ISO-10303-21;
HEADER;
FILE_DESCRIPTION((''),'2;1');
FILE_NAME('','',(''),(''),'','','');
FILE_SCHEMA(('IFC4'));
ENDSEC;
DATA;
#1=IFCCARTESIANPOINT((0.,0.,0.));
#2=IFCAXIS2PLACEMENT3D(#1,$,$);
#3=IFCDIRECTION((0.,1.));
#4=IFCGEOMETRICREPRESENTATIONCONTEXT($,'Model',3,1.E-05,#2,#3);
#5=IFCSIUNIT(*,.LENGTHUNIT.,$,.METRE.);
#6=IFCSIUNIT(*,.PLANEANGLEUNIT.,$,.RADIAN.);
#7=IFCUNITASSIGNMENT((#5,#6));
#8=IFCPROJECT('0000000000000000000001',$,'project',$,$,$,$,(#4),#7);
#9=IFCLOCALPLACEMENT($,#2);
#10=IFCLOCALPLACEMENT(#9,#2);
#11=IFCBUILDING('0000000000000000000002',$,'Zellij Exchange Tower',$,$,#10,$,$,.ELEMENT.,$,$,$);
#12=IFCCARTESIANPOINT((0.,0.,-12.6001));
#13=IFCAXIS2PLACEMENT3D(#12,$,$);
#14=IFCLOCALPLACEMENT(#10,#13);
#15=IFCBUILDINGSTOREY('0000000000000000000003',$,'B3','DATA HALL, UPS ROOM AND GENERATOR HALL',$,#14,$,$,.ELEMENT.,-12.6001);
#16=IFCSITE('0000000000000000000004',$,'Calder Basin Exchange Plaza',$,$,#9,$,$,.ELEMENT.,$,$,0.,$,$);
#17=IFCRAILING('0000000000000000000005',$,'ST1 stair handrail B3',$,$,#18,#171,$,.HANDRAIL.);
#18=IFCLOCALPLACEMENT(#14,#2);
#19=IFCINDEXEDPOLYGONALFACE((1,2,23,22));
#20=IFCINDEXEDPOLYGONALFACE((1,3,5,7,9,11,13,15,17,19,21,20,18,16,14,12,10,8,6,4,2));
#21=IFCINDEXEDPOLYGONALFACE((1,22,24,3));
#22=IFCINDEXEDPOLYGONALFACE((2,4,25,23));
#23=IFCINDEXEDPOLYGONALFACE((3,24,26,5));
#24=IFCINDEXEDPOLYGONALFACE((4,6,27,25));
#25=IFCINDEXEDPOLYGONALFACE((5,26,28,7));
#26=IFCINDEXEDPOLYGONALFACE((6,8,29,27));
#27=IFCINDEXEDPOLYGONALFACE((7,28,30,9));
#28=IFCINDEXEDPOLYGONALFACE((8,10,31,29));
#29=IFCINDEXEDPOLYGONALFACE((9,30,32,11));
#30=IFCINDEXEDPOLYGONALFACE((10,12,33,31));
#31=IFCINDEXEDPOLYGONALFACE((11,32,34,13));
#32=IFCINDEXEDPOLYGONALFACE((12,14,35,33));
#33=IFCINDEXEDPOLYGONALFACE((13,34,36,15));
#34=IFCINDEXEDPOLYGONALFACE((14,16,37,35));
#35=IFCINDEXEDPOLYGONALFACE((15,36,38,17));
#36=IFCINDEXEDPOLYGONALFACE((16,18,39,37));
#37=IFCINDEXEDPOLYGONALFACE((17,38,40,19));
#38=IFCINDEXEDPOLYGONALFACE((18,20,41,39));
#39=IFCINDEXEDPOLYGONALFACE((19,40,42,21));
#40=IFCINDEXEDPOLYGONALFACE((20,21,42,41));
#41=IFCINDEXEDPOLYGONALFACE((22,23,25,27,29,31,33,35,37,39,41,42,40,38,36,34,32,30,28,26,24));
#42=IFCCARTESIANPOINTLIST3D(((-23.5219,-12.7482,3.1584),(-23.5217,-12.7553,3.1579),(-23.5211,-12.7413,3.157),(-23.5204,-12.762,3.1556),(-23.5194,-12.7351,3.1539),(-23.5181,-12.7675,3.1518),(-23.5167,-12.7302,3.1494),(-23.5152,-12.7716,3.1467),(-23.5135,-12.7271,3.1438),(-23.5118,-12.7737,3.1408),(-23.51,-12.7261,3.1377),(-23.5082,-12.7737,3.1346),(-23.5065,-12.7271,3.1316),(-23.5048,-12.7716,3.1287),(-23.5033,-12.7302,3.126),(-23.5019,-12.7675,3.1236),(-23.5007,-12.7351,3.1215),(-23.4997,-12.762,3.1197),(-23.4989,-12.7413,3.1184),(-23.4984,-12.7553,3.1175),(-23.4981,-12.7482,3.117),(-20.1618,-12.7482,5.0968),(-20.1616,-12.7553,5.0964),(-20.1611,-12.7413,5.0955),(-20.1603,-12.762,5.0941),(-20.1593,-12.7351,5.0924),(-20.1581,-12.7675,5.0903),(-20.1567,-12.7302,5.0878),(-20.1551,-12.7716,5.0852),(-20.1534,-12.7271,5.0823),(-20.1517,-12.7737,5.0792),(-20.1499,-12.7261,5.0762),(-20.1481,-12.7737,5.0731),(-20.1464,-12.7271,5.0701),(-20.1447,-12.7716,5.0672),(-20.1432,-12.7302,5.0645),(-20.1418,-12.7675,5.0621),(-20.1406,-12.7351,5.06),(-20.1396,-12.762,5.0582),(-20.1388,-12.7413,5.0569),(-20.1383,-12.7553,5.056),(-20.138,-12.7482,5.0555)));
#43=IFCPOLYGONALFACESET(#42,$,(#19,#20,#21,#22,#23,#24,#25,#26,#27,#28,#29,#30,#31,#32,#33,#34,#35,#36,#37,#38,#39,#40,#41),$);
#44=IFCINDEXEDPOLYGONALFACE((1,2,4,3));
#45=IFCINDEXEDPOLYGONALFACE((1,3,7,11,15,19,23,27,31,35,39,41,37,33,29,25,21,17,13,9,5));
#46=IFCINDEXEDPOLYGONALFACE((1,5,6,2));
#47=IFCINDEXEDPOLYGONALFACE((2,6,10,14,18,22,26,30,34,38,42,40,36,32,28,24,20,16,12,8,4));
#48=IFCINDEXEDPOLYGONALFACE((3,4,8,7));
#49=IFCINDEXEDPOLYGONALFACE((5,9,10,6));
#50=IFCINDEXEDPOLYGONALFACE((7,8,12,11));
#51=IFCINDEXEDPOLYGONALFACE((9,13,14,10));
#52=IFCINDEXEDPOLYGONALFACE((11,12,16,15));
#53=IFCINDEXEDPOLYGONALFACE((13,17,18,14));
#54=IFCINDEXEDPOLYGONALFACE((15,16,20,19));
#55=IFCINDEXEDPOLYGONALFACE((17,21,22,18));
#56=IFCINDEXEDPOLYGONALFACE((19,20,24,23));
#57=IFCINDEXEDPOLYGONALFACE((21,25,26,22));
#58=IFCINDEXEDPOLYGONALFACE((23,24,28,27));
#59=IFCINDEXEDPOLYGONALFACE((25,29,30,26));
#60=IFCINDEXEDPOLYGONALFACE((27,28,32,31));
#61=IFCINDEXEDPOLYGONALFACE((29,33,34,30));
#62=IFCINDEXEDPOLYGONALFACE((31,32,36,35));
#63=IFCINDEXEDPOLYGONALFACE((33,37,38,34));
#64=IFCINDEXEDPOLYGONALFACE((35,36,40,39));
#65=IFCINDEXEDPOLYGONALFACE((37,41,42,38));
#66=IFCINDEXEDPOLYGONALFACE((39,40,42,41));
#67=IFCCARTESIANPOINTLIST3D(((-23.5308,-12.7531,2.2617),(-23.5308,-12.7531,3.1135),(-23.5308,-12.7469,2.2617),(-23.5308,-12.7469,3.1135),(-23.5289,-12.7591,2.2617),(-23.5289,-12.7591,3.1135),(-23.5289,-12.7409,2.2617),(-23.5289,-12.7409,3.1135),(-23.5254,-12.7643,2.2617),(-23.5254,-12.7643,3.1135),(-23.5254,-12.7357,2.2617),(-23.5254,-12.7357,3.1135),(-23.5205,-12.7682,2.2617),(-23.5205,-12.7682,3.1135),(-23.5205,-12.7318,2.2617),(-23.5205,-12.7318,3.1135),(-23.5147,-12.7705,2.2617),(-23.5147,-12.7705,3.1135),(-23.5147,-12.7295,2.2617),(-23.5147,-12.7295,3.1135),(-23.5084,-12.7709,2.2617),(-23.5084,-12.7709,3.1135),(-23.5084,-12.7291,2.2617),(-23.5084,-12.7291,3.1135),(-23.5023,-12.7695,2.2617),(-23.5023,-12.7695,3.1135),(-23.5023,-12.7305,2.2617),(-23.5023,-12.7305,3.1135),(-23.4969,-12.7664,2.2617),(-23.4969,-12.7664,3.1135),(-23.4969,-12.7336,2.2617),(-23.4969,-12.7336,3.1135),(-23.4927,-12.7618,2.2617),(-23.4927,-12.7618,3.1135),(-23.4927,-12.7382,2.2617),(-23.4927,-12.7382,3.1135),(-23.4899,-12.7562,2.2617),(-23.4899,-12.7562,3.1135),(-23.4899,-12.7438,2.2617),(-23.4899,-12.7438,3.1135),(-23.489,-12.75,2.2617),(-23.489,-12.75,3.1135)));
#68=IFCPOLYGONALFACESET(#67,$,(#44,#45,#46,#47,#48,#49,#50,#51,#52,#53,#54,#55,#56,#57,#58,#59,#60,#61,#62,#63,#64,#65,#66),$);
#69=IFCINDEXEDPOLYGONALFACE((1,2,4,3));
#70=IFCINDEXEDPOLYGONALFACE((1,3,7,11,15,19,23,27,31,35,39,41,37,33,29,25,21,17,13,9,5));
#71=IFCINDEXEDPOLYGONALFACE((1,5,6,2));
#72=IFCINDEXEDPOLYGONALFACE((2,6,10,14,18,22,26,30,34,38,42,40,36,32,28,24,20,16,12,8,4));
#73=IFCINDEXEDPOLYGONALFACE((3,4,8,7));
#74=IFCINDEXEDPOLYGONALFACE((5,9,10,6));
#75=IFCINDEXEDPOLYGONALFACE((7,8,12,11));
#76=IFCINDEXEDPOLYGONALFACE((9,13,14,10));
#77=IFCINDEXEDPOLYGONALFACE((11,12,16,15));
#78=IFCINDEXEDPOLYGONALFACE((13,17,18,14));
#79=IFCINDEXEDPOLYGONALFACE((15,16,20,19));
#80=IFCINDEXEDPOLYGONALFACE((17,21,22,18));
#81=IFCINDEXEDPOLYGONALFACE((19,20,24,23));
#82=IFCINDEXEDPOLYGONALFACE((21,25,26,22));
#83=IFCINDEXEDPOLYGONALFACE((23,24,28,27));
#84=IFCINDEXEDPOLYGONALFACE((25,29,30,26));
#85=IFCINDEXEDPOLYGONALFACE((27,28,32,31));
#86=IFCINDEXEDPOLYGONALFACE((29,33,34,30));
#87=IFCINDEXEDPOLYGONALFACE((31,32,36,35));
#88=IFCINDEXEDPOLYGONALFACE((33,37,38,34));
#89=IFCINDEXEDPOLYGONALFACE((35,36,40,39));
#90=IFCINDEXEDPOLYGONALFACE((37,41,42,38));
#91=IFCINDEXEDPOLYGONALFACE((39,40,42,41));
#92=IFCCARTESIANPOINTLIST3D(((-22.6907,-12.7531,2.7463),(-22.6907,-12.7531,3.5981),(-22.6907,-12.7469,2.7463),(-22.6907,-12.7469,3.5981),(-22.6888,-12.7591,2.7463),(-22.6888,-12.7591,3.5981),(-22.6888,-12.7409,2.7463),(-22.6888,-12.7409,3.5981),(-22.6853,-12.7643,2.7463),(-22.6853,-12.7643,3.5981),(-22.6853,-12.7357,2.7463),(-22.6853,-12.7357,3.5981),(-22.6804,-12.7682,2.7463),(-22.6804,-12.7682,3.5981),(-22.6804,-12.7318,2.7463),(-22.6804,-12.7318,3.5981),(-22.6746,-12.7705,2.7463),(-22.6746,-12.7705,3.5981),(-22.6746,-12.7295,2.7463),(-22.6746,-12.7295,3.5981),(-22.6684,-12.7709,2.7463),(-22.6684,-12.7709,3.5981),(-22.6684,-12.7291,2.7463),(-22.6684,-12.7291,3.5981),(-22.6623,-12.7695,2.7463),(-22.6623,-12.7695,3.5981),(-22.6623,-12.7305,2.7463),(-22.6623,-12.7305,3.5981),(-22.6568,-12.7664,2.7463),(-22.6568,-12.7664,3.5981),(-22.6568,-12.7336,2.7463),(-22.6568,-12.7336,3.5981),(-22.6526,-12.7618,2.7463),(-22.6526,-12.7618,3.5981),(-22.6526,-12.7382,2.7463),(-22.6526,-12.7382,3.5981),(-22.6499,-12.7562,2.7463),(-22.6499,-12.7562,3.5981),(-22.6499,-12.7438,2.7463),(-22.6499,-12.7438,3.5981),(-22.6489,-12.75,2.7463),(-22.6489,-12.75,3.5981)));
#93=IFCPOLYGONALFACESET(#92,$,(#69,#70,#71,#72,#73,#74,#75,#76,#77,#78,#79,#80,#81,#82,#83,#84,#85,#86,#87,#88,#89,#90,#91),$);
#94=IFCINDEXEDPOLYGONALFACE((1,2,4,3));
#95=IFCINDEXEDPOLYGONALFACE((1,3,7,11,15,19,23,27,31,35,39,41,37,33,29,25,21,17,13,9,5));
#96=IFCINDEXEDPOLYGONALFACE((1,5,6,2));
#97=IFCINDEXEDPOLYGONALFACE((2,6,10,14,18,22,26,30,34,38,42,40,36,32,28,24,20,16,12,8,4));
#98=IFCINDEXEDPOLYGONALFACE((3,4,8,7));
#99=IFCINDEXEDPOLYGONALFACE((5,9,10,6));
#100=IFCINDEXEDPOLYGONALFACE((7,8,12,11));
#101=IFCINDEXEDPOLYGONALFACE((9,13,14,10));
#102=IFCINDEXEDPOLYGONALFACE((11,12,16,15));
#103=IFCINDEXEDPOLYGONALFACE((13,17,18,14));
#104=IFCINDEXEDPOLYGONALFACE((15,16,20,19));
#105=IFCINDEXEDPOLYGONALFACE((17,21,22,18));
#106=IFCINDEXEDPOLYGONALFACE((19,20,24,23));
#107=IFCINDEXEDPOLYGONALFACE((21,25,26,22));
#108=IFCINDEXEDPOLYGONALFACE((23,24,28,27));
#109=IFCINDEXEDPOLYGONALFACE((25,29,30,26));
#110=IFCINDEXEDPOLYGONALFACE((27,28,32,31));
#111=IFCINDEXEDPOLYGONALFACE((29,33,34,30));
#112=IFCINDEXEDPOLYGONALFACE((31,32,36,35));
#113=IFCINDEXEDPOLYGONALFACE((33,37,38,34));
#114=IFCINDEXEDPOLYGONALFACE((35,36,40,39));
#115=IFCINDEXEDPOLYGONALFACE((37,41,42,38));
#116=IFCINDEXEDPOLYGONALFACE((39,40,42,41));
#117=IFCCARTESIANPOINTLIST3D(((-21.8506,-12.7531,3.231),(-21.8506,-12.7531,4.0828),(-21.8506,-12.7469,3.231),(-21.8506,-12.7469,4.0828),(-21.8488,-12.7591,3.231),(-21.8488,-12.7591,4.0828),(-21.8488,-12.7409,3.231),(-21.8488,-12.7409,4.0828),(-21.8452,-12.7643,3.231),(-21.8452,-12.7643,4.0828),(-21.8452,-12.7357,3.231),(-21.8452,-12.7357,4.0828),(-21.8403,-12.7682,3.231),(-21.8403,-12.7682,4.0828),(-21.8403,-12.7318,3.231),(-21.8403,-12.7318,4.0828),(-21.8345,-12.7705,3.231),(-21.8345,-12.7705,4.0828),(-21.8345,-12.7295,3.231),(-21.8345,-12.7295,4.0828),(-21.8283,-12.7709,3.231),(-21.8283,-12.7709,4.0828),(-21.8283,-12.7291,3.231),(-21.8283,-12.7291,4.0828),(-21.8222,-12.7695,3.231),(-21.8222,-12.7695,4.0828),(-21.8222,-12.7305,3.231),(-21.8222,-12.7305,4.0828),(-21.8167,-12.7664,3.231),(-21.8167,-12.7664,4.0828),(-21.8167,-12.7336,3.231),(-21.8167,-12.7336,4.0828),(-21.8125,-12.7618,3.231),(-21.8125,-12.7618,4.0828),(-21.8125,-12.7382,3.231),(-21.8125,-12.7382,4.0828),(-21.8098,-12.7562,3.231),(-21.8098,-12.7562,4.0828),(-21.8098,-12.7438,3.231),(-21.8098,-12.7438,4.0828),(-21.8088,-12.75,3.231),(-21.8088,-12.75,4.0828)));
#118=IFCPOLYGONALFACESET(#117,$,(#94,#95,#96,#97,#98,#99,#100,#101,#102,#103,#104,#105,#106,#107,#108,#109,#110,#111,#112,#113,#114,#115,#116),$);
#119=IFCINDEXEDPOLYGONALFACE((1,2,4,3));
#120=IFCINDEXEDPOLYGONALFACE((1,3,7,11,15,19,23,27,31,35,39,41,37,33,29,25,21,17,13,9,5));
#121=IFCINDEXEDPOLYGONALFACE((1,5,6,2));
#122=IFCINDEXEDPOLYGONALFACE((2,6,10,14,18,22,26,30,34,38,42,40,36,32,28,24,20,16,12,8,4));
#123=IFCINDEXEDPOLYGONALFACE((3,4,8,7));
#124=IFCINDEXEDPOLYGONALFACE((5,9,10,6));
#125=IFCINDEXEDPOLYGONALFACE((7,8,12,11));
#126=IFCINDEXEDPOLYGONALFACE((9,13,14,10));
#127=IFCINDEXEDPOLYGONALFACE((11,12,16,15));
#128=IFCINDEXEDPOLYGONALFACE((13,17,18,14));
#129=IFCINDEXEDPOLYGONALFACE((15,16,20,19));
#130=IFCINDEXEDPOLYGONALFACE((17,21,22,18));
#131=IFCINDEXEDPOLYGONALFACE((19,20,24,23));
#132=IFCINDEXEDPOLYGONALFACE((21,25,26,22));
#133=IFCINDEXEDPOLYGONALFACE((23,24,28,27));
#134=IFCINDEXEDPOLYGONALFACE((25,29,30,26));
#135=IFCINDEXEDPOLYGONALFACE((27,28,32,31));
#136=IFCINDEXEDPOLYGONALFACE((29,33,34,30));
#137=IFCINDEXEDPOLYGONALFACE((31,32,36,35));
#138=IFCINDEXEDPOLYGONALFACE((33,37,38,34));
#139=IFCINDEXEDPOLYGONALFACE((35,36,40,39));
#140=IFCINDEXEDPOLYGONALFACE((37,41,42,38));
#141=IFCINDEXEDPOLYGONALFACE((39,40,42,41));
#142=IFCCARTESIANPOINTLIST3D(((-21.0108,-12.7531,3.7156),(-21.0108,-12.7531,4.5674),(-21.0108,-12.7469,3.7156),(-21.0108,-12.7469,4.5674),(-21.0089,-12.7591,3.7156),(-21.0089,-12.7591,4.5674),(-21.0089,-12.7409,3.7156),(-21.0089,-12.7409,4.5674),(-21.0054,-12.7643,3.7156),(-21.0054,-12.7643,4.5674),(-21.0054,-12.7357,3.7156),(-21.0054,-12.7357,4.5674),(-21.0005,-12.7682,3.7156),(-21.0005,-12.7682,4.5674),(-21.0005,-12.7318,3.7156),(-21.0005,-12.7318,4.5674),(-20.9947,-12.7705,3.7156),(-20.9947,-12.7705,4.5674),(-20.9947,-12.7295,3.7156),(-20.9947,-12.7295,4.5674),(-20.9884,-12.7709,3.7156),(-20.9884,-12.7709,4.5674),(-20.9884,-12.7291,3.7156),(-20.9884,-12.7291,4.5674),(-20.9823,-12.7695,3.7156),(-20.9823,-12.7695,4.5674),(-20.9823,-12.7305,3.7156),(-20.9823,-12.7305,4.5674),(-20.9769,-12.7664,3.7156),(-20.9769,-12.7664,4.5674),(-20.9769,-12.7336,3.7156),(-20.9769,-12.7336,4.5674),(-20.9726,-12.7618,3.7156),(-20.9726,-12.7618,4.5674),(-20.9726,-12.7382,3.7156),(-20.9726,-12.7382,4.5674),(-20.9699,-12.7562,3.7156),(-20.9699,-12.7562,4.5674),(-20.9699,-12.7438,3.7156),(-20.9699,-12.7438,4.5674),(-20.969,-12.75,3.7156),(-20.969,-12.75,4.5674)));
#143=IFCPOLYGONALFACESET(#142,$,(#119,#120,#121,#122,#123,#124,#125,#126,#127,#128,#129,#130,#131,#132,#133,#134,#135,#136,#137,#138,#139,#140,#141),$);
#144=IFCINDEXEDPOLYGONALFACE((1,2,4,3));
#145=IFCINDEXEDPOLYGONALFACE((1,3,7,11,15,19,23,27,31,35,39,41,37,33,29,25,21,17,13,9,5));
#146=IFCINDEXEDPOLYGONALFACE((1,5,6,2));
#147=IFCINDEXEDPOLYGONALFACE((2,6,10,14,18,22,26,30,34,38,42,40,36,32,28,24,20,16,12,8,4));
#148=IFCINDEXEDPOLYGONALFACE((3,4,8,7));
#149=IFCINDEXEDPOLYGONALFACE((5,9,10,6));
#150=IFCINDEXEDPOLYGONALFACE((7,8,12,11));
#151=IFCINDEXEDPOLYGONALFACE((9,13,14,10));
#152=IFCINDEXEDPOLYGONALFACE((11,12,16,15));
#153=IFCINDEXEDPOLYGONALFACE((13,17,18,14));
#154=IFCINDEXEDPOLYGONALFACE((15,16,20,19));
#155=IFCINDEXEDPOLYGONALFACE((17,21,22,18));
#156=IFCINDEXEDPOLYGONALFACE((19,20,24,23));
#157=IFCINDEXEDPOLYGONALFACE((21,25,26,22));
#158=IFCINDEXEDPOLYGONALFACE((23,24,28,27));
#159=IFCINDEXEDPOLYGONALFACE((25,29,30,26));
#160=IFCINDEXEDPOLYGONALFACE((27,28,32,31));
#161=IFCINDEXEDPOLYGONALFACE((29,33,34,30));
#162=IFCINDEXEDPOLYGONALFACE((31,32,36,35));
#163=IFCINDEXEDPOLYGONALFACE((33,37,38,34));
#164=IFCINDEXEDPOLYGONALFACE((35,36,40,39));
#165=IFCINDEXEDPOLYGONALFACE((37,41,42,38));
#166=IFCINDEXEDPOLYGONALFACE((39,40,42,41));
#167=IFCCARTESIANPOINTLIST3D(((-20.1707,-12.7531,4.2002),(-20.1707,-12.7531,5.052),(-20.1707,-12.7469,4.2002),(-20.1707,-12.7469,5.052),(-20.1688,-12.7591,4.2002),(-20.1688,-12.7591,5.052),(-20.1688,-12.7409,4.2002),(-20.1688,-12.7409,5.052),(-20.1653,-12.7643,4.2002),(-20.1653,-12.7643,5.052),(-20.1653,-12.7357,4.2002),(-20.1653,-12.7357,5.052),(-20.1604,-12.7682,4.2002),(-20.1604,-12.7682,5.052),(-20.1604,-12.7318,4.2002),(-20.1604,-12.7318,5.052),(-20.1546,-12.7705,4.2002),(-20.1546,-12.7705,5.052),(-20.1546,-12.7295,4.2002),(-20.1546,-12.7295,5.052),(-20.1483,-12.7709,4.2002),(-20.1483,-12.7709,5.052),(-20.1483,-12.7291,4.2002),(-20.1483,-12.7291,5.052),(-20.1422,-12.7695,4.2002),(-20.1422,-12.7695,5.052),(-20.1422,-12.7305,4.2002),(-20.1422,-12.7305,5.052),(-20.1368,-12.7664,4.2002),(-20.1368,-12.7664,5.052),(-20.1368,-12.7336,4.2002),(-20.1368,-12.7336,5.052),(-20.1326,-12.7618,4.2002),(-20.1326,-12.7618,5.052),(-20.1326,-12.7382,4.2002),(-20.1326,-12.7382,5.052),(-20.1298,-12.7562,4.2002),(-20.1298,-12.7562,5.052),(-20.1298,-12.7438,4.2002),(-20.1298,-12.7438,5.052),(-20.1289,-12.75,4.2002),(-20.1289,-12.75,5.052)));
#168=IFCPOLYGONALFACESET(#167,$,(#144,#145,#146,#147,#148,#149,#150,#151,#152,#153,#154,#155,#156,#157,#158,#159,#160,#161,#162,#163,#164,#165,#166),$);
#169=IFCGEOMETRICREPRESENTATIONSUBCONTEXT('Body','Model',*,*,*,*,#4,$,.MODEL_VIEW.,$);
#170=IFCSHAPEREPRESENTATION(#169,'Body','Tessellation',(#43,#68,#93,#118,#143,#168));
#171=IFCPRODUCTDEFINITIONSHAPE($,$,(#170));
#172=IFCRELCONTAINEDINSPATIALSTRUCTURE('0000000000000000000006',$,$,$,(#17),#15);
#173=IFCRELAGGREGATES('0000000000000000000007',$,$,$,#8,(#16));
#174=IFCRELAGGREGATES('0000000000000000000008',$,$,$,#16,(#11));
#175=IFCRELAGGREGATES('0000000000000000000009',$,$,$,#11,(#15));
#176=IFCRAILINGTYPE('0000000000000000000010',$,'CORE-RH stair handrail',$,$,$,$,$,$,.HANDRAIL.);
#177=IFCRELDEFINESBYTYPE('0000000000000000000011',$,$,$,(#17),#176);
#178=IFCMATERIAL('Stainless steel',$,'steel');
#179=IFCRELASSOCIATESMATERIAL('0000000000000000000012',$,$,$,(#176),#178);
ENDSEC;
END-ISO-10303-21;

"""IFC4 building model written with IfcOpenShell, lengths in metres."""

from ifc_helpers import new_model, si_unit, direction, frame, origin, origin_2d, place, context, subcontext, project, spatial, circle, extrude, material, type_object, element, save


model = new_model("IFC4")

# Units and contexts
model_context = context("Model", 3, precision=1e-05, world=origin(), true_north=direction((0.0, 1.0)))
body_context = subcontext(model_context, "Body", "Model", "MODEL_VIEW")
ifc_project = project(units=[si_unit("LENGTHUNIT", "METRE"), si_unit("PLANEANGLEUNIT", "RADIAN")], contexts=[model_context])

# Site, building, storey
site_placement = place(None, origin())
site = spatial("IfcSite", under=ifc_project, at=site_placement, Name="Calder Basin Exchange Plaza", CompositionType="ELEMENT", RefElevation=0.0)
building_placement = place(site_placement, origin())
building = spatial("IfcBuilding", under=site, at=building_placement, Name="Zellij Exchange Tower", CompositionType="ELEMENT")
storey_placement = place(building_placement, frame((0.0, 0.0, -12.6001)))
storey = spatial("IfcBuildingStorey", under=building, at=storey_placement, Name="B3", Description="DATA HALL, UPS ROOM AND GENERATOR HALL", CompositionType="ELEMENT", Elevation=-12.6001)

# Railing
ifc_material_1 = material(Name="Stainless steel", Category="steel")
railing_type_1 = type_object("IfcRailingType", Name="CORE-RH stair handrail", PredefinedType="HANDRAIL", material=ifc_material_1)
railing_1_placement = place(storey_placement, frame((-23.51, -12.75, 2.2617)))
element("IfcRailing", 1, at=railing_1_placement, inside=storey, type_object=railing_type_1, Name="ST1 stair handrail B3", PredefinedType="HANDRAIL", context=body_context, shape_type="SweptSolid", body=[
    extrude(circle(Radius=0.0239, at=origin_2d()), frame((0.0, 0.0, 0.876), z_axis=(0.866191, 0.0, 0.499713), x_axis=(0.0, 1.0, 0.0)), (0.0, 0.0, 1.0), 3.8792),
    extrude(circle(Radius=0.021, at=origin_2d()), origin(), (0.0, 0.0, 1.0), 0.8518),
    extrude(circle(Radius=0.021, at=origin_2d()), frame((0.8401, 0.0, 0.4846)), (0.0, 0.0, 1.0), 0.8518),
    extrude(circle(Radius=0.021, at=origin_2d()), frame((1.6802, 0.0, 0.9692)), (0.0, 0.0, 1.0), 0.8518),
    extrude(circle(Radius=0.021, at=origin_2d()), frame((2.52, 0.0, 1.4539)), (0.0, 0.0, 1.0), 0.8518),
    extrude(circle(Radius=0.021, at=origin_2d()), frame((3.3601, 0.0, 1.9385)), (0.0, 0.0, 1.0), 0.8518),
])

save(model, "model.ifc")
